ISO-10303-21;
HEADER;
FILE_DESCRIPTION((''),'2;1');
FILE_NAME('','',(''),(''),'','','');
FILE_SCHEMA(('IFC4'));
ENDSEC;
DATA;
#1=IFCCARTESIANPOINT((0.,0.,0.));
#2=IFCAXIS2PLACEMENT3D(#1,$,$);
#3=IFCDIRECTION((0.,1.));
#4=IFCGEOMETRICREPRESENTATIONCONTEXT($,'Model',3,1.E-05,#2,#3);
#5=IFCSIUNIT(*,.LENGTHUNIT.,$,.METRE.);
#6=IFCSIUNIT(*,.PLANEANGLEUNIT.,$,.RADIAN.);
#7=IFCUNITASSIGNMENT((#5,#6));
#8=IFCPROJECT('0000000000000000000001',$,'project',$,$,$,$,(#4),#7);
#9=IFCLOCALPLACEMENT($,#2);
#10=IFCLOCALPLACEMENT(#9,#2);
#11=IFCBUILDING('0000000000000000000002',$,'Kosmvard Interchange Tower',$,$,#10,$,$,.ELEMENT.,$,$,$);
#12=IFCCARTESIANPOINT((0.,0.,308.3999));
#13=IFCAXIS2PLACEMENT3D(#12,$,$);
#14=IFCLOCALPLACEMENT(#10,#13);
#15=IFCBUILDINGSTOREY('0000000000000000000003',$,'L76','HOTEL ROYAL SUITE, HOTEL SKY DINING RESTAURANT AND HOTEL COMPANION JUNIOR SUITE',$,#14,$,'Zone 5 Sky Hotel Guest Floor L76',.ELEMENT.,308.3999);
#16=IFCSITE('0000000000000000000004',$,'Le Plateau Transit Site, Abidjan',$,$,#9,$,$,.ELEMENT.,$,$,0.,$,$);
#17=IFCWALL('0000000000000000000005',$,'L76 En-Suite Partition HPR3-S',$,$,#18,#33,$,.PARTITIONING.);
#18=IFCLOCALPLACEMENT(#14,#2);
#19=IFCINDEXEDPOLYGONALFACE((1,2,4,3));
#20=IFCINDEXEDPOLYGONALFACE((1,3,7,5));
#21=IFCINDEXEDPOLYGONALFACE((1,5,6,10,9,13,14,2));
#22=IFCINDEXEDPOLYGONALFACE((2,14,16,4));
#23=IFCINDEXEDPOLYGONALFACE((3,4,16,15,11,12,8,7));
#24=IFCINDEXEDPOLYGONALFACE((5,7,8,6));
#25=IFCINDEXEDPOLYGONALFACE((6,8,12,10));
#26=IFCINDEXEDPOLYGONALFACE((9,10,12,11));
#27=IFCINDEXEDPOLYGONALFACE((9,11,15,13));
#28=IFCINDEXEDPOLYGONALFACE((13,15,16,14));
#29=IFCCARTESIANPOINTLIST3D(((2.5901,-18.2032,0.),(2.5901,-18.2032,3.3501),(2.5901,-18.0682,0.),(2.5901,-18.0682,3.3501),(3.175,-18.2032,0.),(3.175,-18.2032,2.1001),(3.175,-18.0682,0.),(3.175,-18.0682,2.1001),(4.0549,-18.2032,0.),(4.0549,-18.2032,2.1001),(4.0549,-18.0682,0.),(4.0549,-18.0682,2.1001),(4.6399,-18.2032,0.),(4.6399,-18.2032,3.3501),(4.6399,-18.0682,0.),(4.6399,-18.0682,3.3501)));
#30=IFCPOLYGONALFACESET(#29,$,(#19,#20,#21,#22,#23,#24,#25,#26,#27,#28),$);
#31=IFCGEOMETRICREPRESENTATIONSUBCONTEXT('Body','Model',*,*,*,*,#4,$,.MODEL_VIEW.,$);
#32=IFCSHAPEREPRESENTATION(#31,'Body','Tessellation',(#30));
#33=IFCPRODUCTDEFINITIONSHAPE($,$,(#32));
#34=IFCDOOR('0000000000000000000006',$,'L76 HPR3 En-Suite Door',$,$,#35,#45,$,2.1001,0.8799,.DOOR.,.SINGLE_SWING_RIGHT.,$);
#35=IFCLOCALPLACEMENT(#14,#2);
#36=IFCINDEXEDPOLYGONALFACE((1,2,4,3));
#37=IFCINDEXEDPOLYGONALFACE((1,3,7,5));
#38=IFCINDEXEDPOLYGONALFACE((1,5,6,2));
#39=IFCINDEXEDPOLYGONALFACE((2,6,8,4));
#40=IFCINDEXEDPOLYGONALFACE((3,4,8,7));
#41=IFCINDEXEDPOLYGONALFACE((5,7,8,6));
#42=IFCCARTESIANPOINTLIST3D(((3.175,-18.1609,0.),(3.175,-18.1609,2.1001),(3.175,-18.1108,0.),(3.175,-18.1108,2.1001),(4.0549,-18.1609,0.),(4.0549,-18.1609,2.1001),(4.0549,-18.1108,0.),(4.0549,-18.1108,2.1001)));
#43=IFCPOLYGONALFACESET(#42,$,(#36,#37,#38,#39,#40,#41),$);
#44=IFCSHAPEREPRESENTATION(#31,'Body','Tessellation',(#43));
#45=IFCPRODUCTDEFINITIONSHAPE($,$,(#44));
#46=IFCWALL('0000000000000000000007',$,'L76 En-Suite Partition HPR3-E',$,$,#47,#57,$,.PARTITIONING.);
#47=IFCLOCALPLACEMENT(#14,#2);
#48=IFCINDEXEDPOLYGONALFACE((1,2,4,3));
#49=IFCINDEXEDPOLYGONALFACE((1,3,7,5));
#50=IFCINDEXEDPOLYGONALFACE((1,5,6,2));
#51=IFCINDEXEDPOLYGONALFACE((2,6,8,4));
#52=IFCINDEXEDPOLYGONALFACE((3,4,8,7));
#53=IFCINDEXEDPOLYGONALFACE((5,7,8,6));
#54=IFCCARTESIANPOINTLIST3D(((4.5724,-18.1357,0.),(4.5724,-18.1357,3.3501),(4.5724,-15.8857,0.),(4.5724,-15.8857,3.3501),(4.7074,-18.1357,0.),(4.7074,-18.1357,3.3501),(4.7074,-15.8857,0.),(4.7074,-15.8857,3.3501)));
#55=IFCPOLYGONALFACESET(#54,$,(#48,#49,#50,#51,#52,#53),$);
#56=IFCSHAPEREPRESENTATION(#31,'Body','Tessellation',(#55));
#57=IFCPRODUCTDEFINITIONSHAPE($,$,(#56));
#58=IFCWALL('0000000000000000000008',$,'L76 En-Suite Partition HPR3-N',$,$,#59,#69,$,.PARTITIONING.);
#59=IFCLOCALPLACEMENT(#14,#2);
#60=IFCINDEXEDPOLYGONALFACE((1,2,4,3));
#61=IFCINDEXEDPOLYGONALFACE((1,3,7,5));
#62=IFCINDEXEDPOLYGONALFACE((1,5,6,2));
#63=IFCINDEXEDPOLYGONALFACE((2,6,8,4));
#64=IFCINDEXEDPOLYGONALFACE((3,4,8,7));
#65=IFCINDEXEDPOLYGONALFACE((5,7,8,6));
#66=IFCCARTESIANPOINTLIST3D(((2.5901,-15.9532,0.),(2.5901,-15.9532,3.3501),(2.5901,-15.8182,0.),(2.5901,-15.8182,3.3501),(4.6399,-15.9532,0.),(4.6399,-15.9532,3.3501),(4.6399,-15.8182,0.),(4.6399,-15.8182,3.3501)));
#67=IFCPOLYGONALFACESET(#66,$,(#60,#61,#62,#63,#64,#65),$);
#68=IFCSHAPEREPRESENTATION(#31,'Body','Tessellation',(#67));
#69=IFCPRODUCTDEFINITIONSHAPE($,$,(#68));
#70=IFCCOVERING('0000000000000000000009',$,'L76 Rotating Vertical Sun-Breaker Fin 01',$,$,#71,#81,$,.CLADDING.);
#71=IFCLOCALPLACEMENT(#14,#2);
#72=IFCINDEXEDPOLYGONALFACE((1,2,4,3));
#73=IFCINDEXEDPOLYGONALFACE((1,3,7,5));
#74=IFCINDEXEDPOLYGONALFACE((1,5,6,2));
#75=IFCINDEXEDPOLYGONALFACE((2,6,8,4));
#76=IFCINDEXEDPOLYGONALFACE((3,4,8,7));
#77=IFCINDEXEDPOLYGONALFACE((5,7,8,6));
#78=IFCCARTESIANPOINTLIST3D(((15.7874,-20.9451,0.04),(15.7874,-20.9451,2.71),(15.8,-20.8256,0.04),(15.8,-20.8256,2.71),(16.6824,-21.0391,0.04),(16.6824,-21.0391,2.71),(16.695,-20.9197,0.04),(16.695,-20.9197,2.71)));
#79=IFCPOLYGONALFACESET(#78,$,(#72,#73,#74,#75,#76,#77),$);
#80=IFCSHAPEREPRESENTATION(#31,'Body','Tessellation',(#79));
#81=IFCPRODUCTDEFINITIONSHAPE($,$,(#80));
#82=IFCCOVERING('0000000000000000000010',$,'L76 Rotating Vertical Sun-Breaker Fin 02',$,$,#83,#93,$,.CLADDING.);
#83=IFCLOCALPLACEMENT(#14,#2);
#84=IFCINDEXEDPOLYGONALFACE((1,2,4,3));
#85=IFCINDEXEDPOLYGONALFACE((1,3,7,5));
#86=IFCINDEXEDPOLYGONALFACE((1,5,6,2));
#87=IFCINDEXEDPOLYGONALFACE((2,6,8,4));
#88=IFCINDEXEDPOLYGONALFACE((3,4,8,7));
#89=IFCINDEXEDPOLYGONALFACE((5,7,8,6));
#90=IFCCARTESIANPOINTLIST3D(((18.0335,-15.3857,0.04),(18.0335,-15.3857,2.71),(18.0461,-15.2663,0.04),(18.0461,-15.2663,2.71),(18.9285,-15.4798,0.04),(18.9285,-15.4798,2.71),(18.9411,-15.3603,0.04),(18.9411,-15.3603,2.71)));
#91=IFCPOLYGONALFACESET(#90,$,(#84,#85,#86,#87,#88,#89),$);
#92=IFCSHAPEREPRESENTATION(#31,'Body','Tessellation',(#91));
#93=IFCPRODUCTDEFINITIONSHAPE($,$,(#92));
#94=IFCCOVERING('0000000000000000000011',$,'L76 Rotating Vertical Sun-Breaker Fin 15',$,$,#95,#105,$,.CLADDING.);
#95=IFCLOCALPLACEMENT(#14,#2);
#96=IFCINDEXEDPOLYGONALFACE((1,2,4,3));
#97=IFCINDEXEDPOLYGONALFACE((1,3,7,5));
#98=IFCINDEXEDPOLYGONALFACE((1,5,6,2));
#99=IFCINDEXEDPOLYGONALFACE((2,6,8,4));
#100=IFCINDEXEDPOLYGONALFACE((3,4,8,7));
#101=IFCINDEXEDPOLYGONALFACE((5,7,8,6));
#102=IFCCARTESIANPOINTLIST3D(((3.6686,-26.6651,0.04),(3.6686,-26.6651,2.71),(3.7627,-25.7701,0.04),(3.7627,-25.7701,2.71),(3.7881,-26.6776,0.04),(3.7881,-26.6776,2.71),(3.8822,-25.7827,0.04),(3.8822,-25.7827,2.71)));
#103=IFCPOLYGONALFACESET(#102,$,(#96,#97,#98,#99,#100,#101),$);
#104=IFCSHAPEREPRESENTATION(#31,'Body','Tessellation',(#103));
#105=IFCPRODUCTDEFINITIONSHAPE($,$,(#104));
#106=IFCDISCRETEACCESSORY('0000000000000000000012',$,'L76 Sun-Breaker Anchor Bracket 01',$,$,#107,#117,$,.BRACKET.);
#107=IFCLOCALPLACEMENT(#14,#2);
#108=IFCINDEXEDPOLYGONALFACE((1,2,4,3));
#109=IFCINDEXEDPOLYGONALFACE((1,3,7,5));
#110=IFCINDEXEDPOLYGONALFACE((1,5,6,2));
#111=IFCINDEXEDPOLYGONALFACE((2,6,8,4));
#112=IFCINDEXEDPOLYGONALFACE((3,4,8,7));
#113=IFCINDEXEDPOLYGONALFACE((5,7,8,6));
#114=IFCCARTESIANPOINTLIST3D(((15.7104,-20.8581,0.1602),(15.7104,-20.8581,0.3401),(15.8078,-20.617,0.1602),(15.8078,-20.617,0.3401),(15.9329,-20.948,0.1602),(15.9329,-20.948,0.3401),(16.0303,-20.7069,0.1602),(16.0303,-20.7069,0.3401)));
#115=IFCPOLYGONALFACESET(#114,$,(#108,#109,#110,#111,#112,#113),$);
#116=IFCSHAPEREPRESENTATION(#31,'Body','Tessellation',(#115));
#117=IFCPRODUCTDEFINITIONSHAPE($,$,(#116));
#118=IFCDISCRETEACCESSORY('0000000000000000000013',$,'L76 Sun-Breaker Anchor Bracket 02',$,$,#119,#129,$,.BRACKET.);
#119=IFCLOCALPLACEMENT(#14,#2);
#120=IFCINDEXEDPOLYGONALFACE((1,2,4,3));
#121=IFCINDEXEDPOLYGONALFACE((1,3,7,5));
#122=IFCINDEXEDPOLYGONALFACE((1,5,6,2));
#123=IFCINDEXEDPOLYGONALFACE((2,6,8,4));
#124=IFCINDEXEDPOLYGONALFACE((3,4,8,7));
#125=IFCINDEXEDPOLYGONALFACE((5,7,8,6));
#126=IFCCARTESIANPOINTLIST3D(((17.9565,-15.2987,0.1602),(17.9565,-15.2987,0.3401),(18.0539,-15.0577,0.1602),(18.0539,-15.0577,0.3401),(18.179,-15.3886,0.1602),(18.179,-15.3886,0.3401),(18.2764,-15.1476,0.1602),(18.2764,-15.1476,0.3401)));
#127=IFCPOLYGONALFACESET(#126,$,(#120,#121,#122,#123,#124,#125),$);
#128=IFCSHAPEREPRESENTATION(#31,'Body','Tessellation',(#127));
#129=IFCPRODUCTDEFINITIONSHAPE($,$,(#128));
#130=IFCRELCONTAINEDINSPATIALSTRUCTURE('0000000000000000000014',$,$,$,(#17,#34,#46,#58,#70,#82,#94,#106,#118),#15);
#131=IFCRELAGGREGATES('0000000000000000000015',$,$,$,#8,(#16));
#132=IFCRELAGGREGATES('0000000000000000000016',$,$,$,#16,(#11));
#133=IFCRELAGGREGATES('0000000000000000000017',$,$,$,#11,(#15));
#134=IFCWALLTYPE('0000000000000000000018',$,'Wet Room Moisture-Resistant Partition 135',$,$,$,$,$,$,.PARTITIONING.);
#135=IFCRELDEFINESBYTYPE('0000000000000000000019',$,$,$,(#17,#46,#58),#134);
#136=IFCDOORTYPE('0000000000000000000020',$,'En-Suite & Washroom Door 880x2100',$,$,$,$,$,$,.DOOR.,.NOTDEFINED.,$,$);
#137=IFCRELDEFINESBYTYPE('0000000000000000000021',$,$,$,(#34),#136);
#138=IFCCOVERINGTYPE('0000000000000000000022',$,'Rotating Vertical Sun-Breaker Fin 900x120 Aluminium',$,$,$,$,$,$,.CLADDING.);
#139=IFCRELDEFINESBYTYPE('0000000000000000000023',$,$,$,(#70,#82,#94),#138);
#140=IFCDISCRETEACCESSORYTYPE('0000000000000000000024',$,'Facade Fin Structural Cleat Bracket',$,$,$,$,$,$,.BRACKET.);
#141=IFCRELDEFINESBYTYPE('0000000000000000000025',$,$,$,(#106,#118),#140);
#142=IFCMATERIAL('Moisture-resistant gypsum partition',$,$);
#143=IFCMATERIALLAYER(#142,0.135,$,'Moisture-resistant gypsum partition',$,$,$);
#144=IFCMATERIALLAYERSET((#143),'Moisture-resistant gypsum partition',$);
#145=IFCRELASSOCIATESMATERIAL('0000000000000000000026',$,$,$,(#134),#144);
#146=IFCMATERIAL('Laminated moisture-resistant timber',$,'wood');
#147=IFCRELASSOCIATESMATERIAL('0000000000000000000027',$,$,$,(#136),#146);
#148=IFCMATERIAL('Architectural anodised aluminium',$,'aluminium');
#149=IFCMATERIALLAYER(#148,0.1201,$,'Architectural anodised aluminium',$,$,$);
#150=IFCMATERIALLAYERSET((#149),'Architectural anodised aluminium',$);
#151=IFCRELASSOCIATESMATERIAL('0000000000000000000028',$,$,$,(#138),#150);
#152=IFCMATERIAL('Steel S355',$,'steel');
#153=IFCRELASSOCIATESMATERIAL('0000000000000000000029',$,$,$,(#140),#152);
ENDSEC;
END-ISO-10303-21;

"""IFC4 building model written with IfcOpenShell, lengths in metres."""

from ifc_helpers import new_model, si_unit, direction, frame, frame_2d, origin, origin_2d, place, context, subcontext, project, spatial, rectangle, extrude, source, transform, mapped, material, layer, layer_set, type_object, element, fill, save


model = new_model("IFC4")

# Units and contexts
model_context = context("Model", 3, precision=1e-05, world=origin(), true_north=direction((0.0, 1.0)))
body_context = subcontext(model_context, "Body", "Model", "MODEL_VIEW")
ifc_project = project(units=[si_unit("LENGTHUNIT", "METRE"), si_unit("PLANEANGLEUNIT", "RADIAN")], contexts=[model_context])

# Site, building, storey
site_placement = place(None, origin())
site = spatial("IfcSite", under=ifc_project, at=site_placement, Name="Le Plateau Transit Site, Abidjan", CompositionType="ELEMENT", RefElevation=0.0)
building_placement = place(site_placement, origin())
building = spatial("IfcBuilding", under=site, at=building_placement, Name="Kosmvard Interchange Tower", CompositionType="ELEMENT")
storey_placement = place(building_placement, frame((0.0, 0.0, 308.3999)))
storey = spatial("IfcBuildingStorey", under=building, at=storey_placement, Name="L76", Description="HOTEL ROYAL SUITE, HOTEL SKY DINING RESTAURANT AND HOTEL COMPANION JUNIOR SUITE", LongName="Zone 5 Sky Hotel Guest Floor L76", CompositionType="ELEMENT", Elevation=308.3999)

# Shared definitions
ifc_material_1 = material(Name="Steel S355", Category="steel")

# Wall, opening, door
ifc_material_2 = material(Name="Moisture-resistant gypsum partition")
ifc_layer_1 = layer(ifc_material_2, 0.135, Name="Moisture-resistant gypsum partition")
ifc_layer_set_1 = layer_set([ifc_layer_1], Name="Moisture-resistant gypsum partition")
wall_type_1 = type_object("IfcWallType", Name="Wet Room Moisture-Resistant Partition 135", PredefinedType="PARTITIONING", material=ifc_layer_set_1)
wall_1_placement = place(storey_placement, frame((2.5901, -18.1357, 0.0), z_axis=(0.0, 0.0, 1.0), x_axis=(1.0, 0.0, 0.0)))
wall_1 = element("IfcWall", 1, at=wall_1_placement, inside=storey, type_object=wall_type_1, Name="L76 En-Suite Partition HPR3-S", PredefinedType="PARTITIONING", context=body_context, shape_type="SweptSolid", body=[
    extrude(rectangle(XDim=2.0498, YDim=0.135, at=frame_2d((1.0249, 0.0))), origin(), (0.0, 0.0, 1.0), 3.3501),
])
opening_1_placement = place(wall_1_placement, frame((0.585, 0.0, 0.0)))
opening_1 = element("IfcOpeningElement", 2, at=opening_1_placement, cuts=wall_1, PredefinedType="OPENING", context=body_context, shape_type="SweptSolid", body=[
    extrude(rectangle(XDim=0.8799, YDim=2.1001, at=frame_2d((0.4399, 1.05))), frame((0.0, 0.0776, 0.0), z_axis=(0.0, -1.0, 0.0), x_axis=(1.0, 0.0, 0.0)), (0.0, 0.0, 1.0), 0.155),
])
ifc_material_3 = material(Name="Laminated moisture-resistant timber", Category="wood")
door_type = type_object("IfcDoorType", Name="En-Suite & Washroom Door 880x2100", OperationType="NOTDEFINED", PredefinedType="DOOR", material=ifc_material_3)
shared_shape_1 = source(origin(), body_context, "Body", "SweptSolid", [
    extrude(rectangle(XDim=0.8799, YDim=2.1001, at=frame_2d((0.4399, 1.05))), frame((0.0, 0.0249, 0.0), z_axis=(0.0, -1.0, 0.0), x_axis=(1.0, 0.0, 0.0)), (0.0, 0.0, 1.0), 0.05),
])
door_placement = place(opening_1_placement, origin())
door = element("IfcDoor", 3, at=door_placement, inside=storey, type_object=door_type, Name="L76 HPR3 En-Suite Door", OperationType="SINGLE_SWING_RIGHT", OverallHeight=2.1001, OverallWidth=0.8799, PredefinedType="DOOR", context=body_context, shape_type="MappedRepresentation", body=[
    mapped(shared_shape_1, transform((0.0, 0.0, 0.0), scale=1.0)),
])
fill(opening_1, door)

# Walls
wall_2_placement = place(storey_placement, frame((4.6399, -18.1357, 0.0), z_axis=(0.0, 0.0, 1.0), x_axis=(0.0, 1.0, 0.0)))
element("IfcWall", 4, at=wall_2_placement, inside=storey, type_object=wall_type_1, Name="L76 En-Suite Partition HPR3-E", PredefinedType="PARTITIONING", context=body_context, shape_type="SweptSolid", body=[
    extrude(rectangle(XDim=2.25, YDim=0.135, at=frame_2d((1.125, 0.0))), origin(), (0.0, 0.0, 1.0), 3.3501),
])
wall_3_placement = place(storey_placement, frame((2.5901, -15.8857, 0.0), z_axis=(0.0, 0.0, 1.0), x_axis=(1.0, 0.0, 0.0)))
element("IfcWall", 5, at=wall_3_placement, inside=storey, type_object=wall_type_1, Name="L76 En-Suite Partition HPR3-N", PredefinedType="PARTITIONING", context=body_context, shape_type="SweptSolid", body=[
    extrude(rectangle(XDim=2.0498, YDim=0.135, at=frame_2d((1.0249, 0.0))), origin(), (0.0, 0.0, 1.0), 3.3501),
])

# Coverings
ifc_material_4 = material(Name="Architectural anodised aluminium", Category="aluminium")
ifc_layer_2 = layer(ifc_material_4, 0.1201, Name="Architectural anodised aluminium")
ifc_layer_set_2 = layer_set([ifc_layer_2], Name="Architectural anodised aluminium")
covering_type = type_object("IfcCoveringType", Name="Rotating Vertical Sun-Breaker Fin 900x120 Aluminium", PredefinedType="CLADDING", material=ifc_layer_set_2)
shared_shape_2 = source(origin(), body_context, "Body", "SweptSolid", [
    extrude(rectangle(XDim=0.8999, YDim=0.1201, at=origin_2d()), origin(), (0.0, 0.0, 1.0), 2.6699),
])
for number, where, z_axis, x_axis, name in (
    (6, (16.2412, -20.9324, 0.04), (0.0, 0.0, 1.0), (0.994522, -0.104528, 0.0), "L76 Rotating Vertical Sun-Breaker Fin 01"),
    (7, (18.4873, -15.373, 0.04), (0.0, 0.0, 1.0), (0.994522, -0.104528, 0.0), "L76 Rotating Vertical Sun-Breaker Fin 02"),
    (8, (3.7754, -26.2239, 0.04), (0.0, 0.0, 1.0), (-0.104528, -0.994522, 0.0), "L76 Rotating Vertical Sun-Breaker Fin 15"),
):
    element("IfcCovering", number, at=place(storey_placement, frame(where, z_axis=z_axis, x_axis=x_axis)), inside=storey, type_object=covering_type, Name=name, PredefinedType="CLADDING", context=body_context, shape_type="MappedRepresentation", body=[
        mapped(shared_shape_2, transform((0.0, 0.0, 0.0), scale=1.0)),
    ])

# Discrete accessories
discrete_accessory_type = type_object("IfcDiscreteAccessoryType", Name="Facade Fin Structural Cleat Bracket", PredefinedType="BRACKET", material=ifc_material_1)
shared_shape_3 = source(origin(), body_context, "Body", "SweptSolid", [
    extrude(rectangle(XDim=0.24, YDim=0.26, at=origin_2d()), origin(), (0.0, 0.0, 1.0), 0.1799),
])
for number, where, z_axis, x_axis, name in (
    (9, (15.8704, -20.7825, 0.1602), (0.0, 0.0, 1.0), (0.927184, -0.374607, 0.0), "L76 Sun-Breaker Anchor Bracket 01"),
    (10, (18.1165, -15.2231, 0.1602), (0.0, 0.0, 1.0), (0.927184, -0.374607, 0.0), "L76 Sun-Breaker Anchor Bracket 02"),
):
    element("IfcDiscreteAccessory", number, at=place(storey_placement, frame(where, z_axis=z_axis, x_axis=x_axis)), inside=storey, type_object=discrete_accessory_type, Name=name, PredefinedType="BRACKET", context=body_context, shape_type="MappedRepresentation", body=[
        mapped(shared_shape_3, transform((0.0, 0.0, 0.0), scale=1.0)),
    ])

save(model, "model.ifc")
